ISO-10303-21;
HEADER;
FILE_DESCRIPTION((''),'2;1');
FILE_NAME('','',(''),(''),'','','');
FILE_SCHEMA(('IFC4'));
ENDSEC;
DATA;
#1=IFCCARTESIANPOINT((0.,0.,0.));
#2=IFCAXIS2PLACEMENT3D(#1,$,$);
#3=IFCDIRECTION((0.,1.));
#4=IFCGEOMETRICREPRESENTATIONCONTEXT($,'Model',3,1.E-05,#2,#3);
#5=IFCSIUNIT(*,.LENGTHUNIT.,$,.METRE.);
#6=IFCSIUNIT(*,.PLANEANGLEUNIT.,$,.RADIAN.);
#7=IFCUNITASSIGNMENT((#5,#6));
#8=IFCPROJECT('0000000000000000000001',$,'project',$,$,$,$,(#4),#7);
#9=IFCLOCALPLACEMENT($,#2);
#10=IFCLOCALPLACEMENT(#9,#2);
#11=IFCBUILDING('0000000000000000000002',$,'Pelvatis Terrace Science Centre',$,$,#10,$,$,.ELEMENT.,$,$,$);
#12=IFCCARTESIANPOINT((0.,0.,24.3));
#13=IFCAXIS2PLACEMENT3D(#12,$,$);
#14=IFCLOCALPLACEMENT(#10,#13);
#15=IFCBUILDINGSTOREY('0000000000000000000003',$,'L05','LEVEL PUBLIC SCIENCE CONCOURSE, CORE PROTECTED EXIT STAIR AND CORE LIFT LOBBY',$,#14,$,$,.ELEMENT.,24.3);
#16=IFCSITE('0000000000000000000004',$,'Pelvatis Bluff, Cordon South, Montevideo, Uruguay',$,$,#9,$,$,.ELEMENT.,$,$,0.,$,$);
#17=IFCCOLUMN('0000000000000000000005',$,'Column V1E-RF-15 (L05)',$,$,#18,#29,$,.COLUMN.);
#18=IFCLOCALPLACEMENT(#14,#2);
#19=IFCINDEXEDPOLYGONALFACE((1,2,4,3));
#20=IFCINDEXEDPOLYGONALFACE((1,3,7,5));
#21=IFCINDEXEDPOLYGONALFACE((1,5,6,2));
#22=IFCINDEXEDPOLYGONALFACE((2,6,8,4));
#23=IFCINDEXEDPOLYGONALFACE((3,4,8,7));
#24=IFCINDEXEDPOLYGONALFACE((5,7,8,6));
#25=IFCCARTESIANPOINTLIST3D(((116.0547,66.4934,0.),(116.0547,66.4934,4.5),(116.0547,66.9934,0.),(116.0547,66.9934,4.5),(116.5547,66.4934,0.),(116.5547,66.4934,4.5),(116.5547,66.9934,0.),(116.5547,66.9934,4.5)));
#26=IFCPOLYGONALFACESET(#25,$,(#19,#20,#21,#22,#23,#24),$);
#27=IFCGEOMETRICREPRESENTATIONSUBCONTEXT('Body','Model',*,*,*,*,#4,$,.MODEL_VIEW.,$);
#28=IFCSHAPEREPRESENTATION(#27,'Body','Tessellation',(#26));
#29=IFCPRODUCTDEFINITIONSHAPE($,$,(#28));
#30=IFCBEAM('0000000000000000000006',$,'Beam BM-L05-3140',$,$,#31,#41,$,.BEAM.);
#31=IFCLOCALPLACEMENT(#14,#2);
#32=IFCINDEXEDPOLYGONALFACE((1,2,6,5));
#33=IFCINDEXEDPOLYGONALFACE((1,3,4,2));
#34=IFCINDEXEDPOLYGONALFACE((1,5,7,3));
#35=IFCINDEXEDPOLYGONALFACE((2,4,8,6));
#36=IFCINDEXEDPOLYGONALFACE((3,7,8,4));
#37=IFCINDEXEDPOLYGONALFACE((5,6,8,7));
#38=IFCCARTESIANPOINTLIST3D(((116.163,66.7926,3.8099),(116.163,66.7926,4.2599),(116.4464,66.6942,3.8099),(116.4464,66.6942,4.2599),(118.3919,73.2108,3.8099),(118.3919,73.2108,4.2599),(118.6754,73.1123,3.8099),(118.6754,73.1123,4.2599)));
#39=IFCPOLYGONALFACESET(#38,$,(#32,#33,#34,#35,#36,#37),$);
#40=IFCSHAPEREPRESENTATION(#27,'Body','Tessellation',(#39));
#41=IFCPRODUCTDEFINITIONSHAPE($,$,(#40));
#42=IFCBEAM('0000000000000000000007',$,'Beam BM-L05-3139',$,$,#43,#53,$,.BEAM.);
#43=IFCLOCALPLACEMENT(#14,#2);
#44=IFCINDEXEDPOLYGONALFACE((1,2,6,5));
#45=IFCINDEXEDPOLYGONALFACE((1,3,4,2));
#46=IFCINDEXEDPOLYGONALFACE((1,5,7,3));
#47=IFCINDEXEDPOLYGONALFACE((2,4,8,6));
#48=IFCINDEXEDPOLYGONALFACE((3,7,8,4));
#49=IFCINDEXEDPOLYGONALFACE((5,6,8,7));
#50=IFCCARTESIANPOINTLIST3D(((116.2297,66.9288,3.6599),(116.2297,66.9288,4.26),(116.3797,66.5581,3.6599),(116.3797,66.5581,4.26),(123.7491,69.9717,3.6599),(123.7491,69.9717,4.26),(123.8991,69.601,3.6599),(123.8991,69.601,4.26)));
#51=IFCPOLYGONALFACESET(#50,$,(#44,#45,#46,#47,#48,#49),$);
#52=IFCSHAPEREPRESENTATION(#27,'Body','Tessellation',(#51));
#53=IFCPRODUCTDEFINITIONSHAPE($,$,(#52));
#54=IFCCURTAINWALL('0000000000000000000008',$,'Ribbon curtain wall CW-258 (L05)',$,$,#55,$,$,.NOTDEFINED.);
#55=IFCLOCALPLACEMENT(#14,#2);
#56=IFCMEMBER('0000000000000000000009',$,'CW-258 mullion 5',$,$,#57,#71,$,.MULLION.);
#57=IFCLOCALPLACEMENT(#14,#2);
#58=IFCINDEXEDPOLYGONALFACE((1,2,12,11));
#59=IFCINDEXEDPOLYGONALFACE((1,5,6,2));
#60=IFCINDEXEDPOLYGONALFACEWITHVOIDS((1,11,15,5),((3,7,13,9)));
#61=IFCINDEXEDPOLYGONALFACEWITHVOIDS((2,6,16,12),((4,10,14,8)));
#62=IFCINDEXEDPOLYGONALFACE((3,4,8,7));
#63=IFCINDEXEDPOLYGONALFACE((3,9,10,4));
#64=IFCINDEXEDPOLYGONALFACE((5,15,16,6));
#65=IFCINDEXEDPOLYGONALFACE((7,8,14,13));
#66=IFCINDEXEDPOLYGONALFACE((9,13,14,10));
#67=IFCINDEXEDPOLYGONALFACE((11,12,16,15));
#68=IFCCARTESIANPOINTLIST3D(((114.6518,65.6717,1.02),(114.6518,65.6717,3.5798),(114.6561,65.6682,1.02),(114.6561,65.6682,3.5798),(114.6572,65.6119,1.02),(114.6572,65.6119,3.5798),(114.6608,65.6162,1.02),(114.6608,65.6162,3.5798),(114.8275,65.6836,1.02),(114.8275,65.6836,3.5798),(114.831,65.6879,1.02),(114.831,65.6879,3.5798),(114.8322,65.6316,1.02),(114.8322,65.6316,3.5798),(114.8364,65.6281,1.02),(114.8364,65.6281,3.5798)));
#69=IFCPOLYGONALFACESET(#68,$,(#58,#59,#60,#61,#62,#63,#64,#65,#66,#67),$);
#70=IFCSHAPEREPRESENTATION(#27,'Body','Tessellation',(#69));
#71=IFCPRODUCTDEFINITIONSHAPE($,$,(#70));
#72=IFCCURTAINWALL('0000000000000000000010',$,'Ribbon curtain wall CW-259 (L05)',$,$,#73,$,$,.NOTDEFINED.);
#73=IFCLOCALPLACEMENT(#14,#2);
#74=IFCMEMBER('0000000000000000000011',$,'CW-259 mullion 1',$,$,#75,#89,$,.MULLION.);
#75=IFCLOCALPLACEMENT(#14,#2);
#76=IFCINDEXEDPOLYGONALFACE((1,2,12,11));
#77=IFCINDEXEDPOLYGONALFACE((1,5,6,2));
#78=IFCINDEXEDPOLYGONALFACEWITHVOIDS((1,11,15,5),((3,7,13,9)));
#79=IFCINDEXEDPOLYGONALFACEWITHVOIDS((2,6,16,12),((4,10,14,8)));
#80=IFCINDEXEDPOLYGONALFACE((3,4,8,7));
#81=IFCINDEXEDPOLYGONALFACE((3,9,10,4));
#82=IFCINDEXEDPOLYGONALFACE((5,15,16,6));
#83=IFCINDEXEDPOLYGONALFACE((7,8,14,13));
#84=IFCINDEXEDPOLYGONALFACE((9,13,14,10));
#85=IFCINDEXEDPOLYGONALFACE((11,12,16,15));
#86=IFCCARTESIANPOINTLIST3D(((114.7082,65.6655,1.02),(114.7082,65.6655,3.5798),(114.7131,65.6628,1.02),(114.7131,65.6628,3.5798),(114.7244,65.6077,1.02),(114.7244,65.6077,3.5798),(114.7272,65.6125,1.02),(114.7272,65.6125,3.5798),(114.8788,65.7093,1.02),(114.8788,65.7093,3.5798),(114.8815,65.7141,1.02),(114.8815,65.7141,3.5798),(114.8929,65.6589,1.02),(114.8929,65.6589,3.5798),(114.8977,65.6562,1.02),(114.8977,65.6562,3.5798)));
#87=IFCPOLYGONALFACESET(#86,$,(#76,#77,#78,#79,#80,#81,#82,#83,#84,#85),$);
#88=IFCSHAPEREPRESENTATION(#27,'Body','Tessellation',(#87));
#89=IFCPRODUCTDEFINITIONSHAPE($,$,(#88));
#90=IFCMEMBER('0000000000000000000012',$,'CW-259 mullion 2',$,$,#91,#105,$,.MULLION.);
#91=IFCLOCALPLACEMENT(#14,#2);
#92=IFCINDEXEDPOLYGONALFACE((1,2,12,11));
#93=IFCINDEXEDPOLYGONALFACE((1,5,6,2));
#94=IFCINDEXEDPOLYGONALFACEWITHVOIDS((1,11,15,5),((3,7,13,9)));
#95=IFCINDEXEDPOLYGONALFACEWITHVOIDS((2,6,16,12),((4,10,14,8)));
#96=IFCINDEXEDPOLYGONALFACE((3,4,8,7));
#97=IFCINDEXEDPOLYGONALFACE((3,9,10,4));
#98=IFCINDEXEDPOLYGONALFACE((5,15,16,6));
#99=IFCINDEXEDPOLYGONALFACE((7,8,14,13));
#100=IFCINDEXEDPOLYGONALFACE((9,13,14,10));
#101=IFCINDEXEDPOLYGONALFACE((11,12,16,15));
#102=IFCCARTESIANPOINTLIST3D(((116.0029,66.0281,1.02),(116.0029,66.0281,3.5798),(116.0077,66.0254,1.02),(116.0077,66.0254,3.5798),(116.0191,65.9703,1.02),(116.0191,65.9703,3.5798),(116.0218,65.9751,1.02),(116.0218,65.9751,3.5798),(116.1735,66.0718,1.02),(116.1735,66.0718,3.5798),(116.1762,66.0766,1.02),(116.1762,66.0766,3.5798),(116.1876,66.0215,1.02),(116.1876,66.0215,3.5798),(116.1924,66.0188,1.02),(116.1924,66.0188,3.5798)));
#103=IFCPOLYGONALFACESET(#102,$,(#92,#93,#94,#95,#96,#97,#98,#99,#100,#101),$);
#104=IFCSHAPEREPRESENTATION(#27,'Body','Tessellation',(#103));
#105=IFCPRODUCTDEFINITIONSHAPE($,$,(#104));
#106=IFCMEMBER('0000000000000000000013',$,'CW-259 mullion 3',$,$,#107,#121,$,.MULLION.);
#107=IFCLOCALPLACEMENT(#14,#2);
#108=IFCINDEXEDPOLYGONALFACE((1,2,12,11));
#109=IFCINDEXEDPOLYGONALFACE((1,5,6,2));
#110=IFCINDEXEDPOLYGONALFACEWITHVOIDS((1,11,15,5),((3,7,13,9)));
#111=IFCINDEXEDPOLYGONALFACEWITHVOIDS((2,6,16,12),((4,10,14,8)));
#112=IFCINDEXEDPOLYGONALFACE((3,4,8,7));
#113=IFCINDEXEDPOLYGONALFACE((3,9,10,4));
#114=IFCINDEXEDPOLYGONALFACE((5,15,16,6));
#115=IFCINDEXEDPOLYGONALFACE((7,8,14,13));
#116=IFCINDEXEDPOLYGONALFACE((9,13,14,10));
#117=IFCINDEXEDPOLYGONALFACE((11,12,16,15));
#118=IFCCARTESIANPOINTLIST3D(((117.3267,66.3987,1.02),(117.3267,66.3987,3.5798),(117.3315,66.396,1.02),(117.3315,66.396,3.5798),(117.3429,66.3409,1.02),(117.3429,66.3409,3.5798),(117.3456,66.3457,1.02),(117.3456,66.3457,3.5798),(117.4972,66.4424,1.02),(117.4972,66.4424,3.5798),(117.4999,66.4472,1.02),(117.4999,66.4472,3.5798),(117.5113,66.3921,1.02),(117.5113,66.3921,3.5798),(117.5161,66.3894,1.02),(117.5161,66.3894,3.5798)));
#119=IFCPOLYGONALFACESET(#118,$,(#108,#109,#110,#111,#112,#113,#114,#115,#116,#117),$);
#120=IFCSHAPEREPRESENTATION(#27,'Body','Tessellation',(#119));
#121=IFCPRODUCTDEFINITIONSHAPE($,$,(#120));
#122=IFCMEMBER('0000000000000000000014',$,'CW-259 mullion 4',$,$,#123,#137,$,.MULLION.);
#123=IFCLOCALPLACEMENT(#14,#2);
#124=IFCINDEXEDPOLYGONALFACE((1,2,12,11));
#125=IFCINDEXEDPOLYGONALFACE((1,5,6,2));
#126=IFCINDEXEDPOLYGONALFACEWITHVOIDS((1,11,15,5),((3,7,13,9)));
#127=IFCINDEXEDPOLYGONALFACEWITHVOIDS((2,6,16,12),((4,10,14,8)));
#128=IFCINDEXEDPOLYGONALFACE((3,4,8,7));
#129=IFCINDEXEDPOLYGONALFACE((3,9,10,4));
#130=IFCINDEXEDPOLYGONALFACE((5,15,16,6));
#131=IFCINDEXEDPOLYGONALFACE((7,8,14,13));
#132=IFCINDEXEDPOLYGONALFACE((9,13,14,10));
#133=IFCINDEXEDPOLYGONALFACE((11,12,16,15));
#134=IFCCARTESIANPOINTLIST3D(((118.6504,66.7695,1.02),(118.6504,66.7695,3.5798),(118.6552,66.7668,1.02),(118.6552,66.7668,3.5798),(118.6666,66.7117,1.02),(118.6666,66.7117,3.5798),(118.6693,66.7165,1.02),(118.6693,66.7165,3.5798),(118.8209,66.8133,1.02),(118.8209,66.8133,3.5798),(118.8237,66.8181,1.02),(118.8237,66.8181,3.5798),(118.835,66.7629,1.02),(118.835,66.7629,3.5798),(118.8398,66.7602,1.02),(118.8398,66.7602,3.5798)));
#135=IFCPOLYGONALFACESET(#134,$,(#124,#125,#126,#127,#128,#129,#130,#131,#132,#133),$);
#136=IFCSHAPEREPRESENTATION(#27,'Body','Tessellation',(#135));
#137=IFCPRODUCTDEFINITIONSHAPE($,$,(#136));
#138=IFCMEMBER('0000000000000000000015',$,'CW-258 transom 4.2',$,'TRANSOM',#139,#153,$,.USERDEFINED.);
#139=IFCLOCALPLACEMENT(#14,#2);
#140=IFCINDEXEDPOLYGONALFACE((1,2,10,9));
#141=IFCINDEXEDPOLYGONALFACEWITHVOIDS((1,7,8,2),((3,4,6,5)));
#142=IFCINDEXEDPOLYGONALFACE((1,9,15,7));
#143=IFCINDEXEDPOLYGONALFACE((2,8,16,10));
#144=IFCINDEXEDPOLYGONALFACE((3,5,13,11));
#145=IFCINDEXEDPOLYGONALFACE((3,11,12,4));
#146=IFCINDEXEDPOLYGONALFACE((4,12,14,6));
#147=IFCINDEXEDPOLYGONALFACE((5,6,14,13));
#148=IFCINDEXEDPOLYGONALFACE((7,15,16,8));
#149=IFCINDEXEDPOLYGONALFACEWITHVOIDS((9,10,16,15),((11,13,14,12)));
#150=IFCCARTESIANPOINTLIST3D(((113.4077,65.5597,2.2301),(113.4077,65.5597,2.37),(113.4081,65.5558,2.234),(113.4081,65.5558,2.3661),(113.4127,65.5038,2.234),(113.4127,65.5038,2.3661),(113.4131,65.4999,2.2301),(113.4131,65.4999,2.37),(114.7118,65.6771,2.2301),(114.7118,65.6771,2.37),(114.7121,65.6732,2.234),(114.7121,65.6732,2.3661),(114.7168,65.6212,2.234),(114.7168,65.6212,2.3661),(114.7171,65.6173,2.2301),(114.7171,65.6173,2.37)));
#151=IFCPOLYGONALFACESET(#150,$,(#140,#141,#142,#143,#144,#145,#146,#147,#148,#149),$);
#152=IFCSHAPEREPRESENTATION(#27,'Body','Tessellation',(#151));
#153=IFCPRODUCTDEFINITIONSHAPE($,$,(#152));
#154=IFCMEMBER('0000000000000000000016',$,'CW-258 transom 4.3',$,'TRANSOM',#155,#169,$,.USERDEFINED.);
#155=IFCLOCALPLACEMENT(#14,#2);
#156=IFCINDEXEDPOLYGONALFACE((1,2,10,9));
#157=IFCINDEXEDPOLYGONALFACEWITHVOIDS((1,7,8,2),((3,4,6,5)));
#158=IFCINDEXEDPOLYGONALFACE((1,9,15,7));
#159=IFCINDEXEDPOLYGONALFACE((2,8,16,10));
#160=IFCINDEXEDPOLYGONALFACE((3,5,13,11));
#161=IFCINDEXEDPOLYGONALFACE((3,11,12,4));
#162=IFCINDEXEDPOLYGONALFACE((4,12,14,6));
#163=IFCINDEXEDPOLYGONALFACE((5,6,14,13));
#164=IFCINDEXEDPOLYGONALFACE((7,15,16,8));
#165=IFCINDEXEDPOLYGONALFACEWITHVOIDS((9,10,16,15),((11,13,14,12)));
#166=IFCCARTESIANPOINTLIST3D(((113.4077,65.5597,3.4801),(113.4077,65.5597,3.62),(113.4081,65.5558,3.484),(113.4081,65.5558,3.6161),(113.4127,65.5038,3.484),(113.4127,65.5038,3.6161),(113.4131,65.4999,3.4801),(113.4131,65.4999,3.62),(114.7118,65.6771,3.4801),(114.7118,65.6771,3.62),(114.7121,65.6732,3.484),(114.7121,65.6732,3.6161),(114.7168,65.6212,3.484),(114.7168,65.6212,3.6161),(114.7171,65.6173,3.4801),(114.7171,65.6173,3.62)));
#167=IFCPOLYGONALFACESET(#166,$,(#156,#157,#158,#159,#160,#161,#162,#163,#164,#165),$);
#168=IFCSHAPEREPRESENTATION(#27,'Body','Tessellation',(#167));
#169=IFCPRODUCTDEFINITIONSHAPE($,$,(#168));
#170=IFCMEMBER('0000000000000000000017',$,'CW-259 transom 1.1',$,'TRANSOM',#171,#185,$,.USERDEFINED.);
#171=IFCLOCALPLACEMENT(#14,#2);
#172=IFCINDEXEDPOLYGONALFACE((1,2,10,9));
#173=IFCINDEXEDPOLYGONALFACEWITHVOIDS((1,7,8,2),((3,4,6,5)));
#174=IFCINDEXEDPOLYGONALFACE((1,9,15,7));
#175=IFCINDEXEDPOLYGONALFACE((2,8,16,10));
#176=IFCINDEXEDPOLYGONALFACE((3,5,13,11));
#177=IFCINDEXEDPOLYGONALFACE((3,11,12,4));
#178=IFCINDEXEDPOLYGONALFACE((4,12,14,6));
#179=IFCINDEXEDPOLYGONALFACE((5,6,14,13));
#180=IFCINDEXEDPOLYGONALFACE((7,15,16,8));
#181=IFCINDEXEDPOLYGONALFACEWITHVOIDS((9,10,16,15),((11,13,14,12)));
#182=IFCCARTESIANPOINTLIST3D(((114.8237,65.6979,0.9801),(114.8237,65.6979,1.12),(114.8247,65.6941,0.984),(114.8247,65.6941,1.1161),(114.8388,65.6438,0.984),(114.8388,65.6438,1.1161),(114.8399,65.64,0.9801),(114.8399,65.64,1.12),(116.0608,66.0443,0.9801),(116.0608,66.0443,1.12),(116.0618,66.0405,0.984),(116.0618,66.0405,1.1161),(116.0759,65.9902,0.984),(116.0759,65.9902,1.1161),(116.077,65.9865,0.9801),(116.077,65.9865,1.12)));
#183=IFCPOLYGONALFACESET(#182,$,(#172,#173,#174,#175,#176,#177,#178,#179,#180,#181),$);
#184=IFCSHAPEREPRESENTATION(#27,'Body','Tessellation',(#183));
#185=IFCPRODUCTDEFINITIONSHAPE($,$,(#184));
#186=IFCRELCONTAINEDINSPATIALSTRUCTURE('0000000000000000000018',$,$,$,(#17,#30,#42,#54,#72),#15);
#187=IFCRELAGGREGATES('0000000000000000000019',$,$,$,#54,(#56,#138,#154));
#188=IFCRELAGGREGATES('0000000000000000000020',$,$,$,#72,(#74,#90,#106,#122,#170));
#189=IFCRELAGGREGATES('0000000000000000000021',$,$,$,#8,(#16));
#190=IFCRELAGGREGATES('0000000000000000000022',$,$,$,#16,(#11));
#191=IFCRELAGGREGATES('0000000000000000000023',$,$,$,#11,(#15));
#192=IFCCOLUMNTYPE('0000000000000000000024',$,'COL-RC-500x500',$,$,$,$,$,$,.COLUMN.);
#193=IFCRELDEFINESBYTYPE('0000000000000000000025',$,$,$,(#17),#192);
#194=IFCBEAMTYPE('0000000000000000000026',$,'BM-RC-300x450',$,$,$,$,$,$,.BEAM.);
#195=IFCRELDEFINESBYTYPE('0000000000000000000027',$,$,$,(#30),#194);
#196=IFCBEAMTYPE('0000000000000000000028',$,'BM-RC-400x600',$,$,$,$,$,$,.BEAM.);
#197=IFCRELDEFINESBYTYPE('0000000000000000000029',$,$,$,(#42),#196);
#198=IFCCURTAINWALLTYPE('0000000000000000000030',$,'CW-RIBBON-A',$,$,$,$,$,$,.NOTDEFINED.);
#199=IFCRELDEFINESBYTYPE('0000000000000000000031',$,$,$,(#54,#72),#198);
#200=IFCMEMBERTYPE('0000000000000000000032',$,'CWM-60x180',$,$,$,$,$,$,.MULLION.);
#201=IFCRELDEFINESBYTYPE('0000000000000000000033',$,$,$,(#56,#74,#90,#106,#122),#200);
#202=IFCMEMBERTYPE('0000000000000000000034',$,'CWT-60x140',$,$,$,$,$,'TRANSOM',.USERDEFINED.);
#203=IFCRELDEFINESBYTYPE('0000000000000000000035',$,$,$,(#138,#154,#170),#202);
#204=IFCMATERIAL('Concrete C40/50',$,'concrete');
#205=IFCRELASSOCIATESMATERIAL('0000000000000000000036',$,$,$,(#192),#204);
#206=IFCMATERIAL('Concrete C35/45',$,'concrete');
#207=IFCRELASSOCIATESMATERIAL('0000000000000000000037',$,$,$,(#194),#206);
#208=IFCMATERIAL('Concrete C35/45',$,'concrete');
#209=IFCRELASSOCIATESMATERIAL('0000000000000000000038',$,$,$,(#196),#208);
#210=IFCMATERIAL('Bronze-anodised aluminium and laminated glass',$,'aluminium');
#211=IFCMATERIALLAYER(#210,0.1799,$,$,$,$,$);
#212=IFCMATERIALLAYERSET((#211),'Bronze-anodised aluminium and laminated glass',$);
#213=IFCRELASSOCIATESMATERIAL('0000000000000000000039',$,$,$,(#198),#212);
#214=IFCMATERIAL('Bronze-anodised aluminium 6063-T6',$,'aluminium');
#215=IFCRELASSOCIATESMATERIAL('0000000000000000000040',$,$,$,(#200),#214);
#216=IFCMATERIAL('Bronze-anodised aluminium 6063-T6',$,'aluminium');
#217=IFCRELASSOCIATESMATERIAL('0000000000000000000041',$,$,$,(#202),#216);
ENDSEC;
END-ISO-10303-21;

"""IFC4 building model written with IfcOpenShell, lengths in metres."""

from ifc_helpers import new_model, si_unit, direction, frame, origin, origin_2d, place, context, subcontext, project, spatial, rectangle, hollow_rectangle, extrude, material, layer, layer_set, material_profile, profile_set, type_object, element, aggregate, save


model = new_model("IFC4")

# Units and contexts
model_context = context("Model", 3, precision=1e-05, world=origin(), true_north=direction((0.0, 1.0)))
body_context = subcontext(model_context, "Body", "Model", "MODEL_VIEW")
ifc_project = project(units=[si_unit("LENGTHUNIT", "METRE"), si_unit("PLANEANGLEUNIT", "RADIAN")], contexts=[model_context])

# Site, building, storey
site_placement = place(None, origin())
site = spatial("IfcSite", under=ifc_project, at=site_placement, Name="Pelvatis Bluff, Cordon South, Montevideo, Uruguay", CompositionType="ELEMENT", RefElevation=0.0)
building_placement = place(site_placement, origin())
building = spatial("IfcBuilding", under=site, at=building_placement, Name="Pelvatis Terrace Science Centre", CompositionType="ELEMENT")
storey_placement = place(building_placement, frame((0.0, 0.0, 24.3)))
storey = spatial("IfcBuildingStorey", under=building, at=storey_placement, Name="L05", Description="LEVEL PUBLIC SCIENCE CONCOURSE, CORE PROTECTED EXIT STAIR AND CORE LIFT LOBBY", CompositionType="ELEMENT", Elevation=24.3)

# Column
ifc_material_1 = material(Name="Concrete C40/50", Category="concrete")
ifc_material_profile_1 = material_profile(ifc_material_1, rectangle(XDim=0.5, YDim=0.5, at=origin_2d()), Name="RC-COL 500x500")
ifc_profile_set_1 = profile_set([ifc_material_profile_1], Name="Concrete C40/50")
column_type = type_object("IfcColumnType", Name="COL-RC-500x500", PredefinedType="COLUMN", material=ifc_profile_set_1)
column_placement = place(storey_placement, frame((116.3047, 66.7434, 0.0), z_axis=(0.0, 0.0, 1.0), x_axis=(1.0, 0.0, 0.0)))
element("IfcColumn", 1, at=column_placement, inside=storey, type_object=column_type, Name="Column V1E-RF-15 (L05)", PredefinedType="COLUMN", context=body_context, shape_type="SweptSolid", body=[
    extrude(rectangle(XDim=0.5, YDim=0.5, at=origin_2d()), origin(), (0.0, 0.0, 1.0), 4.5),
])

# Beams
ifc_material_2 = material(Name="Concrete C35/45", Category="concrete")
ifc_material_profile_2 = material_profile(ifc_material_2, rectangle(XDim=0.3, YDim=0.45, at=origin_2d()), Name="RC-BM 300x450")
ifc_profile_set_2 = profile_set([ifc_material_profile_2], Name="Concrete C35/45")
beam_type_1 = type_object("IfcBeamType", Name="BM-RC-300x450", PredefinedType="BEAM", material=ifc_profile_set_2)
beam_1_placement = place(storey_placement, frame((116.3047, 66.7434, 4.0349), z_axis=(0.328072, 0.944653, 0.0), x_axis=(-0.944653, 0.328072, 0.0)))
element("IfcBeam", 2, at=beam_1_placement, inside=storey, type_object=beam_type_1, Name="Beam BM-L05-3140", PredefinedType="BEAM", context=body_context, shape_type="SweptSolid", body=[
    extrude(rectangle(XDim=0.3, YDim=0.45, at=origin_2d()), origin(), (0.0, 0.0, 1.0), 6.7942),
])
ifc_material_3 = material(Name="Concrete C35/45", Category="concrete")
ifc_material_profile_3 = material_profile(ifc_material_3, rectangle(XDim=0.3999, YDim=0.6001, at=origin_2d()), Name="RC-BM 400x600")
ifc_profile_set_3 = profile_set([ifc_material_profile_3], Name="Concrete C35/45")
beam_type_2 = type_object("IfcBeamType", Name="BM-RC-400x600", PredefinedType="BEAM", material=ifc_profile_set_3)
beam_2_placement = place(storey_placement, frame((116.3047, 66.7434, 3.96), z_axis=(0.926975, 0.375124, 0.0), x_axis=(-0.375124, 0.926975, 0.0)))
element("IfcBeam", 3, at=beam_2_placement, inside=storey, type_object=beam_type_2, Name="Beam BM-L05-3139", PredefinedType="BEAM", context=body_context, shape_type="SweptSolid", body=[
    extrude(rectangle(XDim=0.3999, YDim=0.6001, at=origin_2d()), origin(), (0.0, 0.0, 1.0), 8.1118),
])

# Curtain wall, member
ifc_material_4 = material(Name="Bronze-anodised aluminium and laminated glass", Category="aluminium")
ifc_layer_1 = layer(ifc_material_4, 0.1799)
ifc_layer_set_1 = layer_set([ifc_layer_1], Name="Bronze-anodised aluminium and laminated glass")
curtain_wall_type = type_object("IfcCurtainWallType", Name="CW-RIBBON-A", PredefinedType="NOTDEFINED", material=ifc_layer_set_1)
curtain_wall_1_placement = place(storey_placement, origin())
curtain_wall_1 = element("IfcCurtainWall", 4, at=curtain_wall_1_placement, inside=storey, type_object=curtain_wall_type, Name="Ribbon curtain wall CW-258 (L05)", PredefinedType="NOTDEFINED")
ifc_material_5 = material(Name="Bronze-anodised aluminium 6063-T6", Category="aluminium")
ifc_material_profile_4 = material_profile(ifc_material_5, hollow_rectangle(XDim=0.0601, YDim=0.1799, WallThickness=0.0039, at=origin_2d()), Name="ALU-MUL 60x180")
ifc_profile_set_4 = profile_set([ifc_material_profile_4], Name="Bronze-anodised aluminium 6063-T6")
member_type_1 = type_object("IfcMemberType", Name="CWM-60x180", PredefinedType="MULLION", material=ifc_profile_set_4)
member_1_placement = place(storey_placement, frame((114.7441, 65.6499, 1.02), z_axis=(0.0, 0.0, 1.0), x_axis=(-0.08982, 0.995958, 0.0)))
member_1 = element("IfcMember", 5, at=member_1_placement, type_object=member_type_1, Name="CW-258 mullion 5", PredefinedType="MULLION", context=body_context, shape_type="SweptSolid", body=[
    extrude(hollow_rectangle(XDim=0.0601, YDim=0.1799, WallThickness=0.0039, at=origin_2d()), origin(), (0.0, 0.0, 1.0), 2.5598),
])

# Curtain wall, members
curtain_wall_2_placement = place(storey_placement, origin())
curtain_wall_2 = element("IfcCurtainWall", 6, at=curtain_wall_2_placement, inside=storey, type_object=curtain_wall_type, Name="Ribbon curtain wall CW-259 (L05)", PredefinedType="NOTDEFINED")
member_2_placement = place(storey_placement, frame((114.803, 65.6609, 1.02), z_axis=(0.0, 0.0, 1.0), x_axis=(-0.269695, 0.962946, 0.0)))
member_2 = element("IfcMember", 7, at=member_2_placement, type_object=member_type_1, Name="CW-259 mullion 1", PredefinedType="MULLION", context=body_context, shape_type="SweptSolid", body=[
    extrude(hollow_rectangle(XDim=0.0601, YDim=0.1799, WallThickness=0.0039, at=origin_2d()), origin(), (0.0, 0.0, 1.0), 2.5598),
])
member_3_placement = place(storey_placement, frame((116.0977, 66.0234, 1.02), z_axis=(0.0, 0.0, 1.0), x_axis=(-0.269695, 0.962946, 0.0)))
member_3 = element("IfcMember", 8, at=member_3_placement, type_object=member_type_1, Name="CW-259 mullion 2", PredefinedType="MULLION", context=body_context, shape_type="SweptSolid", body=[
    extrude(hollow_rectangle(XDim=0.0601, YDim=0.1799, WallThickness=0.0039, at=origin_2d()), origin(), (0.0, 0.0, 1.0), 2.5598),
])
member_4_placement = place(storey_placement, frame((117.4214, 66.394, 1.02), z_axis=(0.0, 0.0, 1.0), x_axis=(-0.269695, 0.962946, 0.0)))
member_4 = element("IfcMember", 9, at=member_4_placement, type_object=member_type_1, Name="CW-259 mullion 3", PredefinedType="MULLION", context=body_context, shape_type="SweptSolid", body=[
    extrude(hollow_rectangle(XDim=0.0601, YDim=0.1799, WallThickness=0.0039, at=origin_2d()), origin(), (0.0, 0.0, 1.0), 2.5598),
])
member_5_placement = place(storey_placement, frame((118.7451, 66.7649, 1.02), z_axis=(0.0, 0.0, 1.0), x_axis=(-0.269695, 0.962946, 0.0)))
member_5 = element("IfcMember", 10, at=member_5_placement, type_object=member_type_1, Name="CW-259 mullion 4", PredefinedType="MULLION", context=body_context, shape_type="SweptSolid", body=[
    extrude(hollow_rectangle(XDim=0.0601, YDim=0.1799, WallThickness=0.0039, at=origin_2d()), origin(), (0.0, 0.0, 1.0), 2.5598),
])

# Members
ifc_material_6 = material(Name="Bronze-anodised aluminium 6063-T6", Category="aluminium")
ifc_material_profile_5 = material_profile(ifc_material_6, hollow_rectangle(XDim=0.0601, YDim=0.1399, WallThickness=0.0039, at=origin_2d()), Name="ALU-TRN 60x140")
ifc_profile_set_5 = profile_set([ifc_material_profile_5], Name="Bronze-anodised aluminium 6063-T6")
member_type_2 = type_object("IfcMemberType", Name="CWT-60x140", ElementType="TRANSOM", PredefinedType="USERDEFINED", material=ifc_profile_set_5)
member_6_placement = place(storey_placement, frame((113.4104, 65.5298, 2.3), z_axis=(0.995969, 0.089695, 0.0), x_axis=(-0.089695, 0.995969, 0.0)))
member_6 = element("IfcMember", 11, at=member_6_placement, type_object=member_type_2, Name="CW-258 transom 4.2", ObjectType="TRANSOM", PredefinedType="USERDEFINED", context=body_context, shape_type="SweptSolid", body=[
    extrude(hollow_rectangle(XDim=0.0601, YDim=0.1399, WallThickness=0.0039, at=origin_2d()), origin(), (0.0, 0.0, 1.0), 1.3093),
])
member_7_placement = place(storey_placement, frame((113.4104, 65.5298, 3.55), z_axis=(0.995969, 0.089695, 0.0), x_axis=(-0.089695, 0.995969, 0.0)))
member_7 = element("IfcMember", 12, at=member_7_placement, type_object=member_type_2, Name="CW-258 transom 4.3", ObjectType="TRANSOM", PredefinedType="USERDEFINED", context=body_context, shape_type="SweptSolid", body=[
    extrude(hollow_rectangle(XDim=0.0601, YDim=0.1399, WallThickness=0.0039, at=origin_2d()), origin(), (0.0, 0.0, 1.0), 1.3093),
])
member_8_placement = place(storey_placement, frame((114.8318, 65.6689, 1.05), z_axis=(0.962952, 0.269672, 0.0), x_axis=(-0.269672, 0.962952, 0.0)))
member_8 = element("IfcMember", 13, at=member_8_placement, type_object=member_type_2, Name="CW-259 transom 1.1", ObjectType="TRANSOM", PredefinedType="USERDEFINED", context=body_context, shape_type="SweptSolid", body=[
    extrude(hollow_rectangle(XDim=0.0601, YDim=0.1399, WallThickness=0.0039, at=origin_2d()), origin(), (0.0, 0.0, 1.0), 1.2847),
])

aggregate(curtain_wall_1, [member_1, member_6, member_7])
aggregate(curtain_wall_2, [member_2, member_3, member_4, member_5, member_8])

save(model, "model.ifc")
